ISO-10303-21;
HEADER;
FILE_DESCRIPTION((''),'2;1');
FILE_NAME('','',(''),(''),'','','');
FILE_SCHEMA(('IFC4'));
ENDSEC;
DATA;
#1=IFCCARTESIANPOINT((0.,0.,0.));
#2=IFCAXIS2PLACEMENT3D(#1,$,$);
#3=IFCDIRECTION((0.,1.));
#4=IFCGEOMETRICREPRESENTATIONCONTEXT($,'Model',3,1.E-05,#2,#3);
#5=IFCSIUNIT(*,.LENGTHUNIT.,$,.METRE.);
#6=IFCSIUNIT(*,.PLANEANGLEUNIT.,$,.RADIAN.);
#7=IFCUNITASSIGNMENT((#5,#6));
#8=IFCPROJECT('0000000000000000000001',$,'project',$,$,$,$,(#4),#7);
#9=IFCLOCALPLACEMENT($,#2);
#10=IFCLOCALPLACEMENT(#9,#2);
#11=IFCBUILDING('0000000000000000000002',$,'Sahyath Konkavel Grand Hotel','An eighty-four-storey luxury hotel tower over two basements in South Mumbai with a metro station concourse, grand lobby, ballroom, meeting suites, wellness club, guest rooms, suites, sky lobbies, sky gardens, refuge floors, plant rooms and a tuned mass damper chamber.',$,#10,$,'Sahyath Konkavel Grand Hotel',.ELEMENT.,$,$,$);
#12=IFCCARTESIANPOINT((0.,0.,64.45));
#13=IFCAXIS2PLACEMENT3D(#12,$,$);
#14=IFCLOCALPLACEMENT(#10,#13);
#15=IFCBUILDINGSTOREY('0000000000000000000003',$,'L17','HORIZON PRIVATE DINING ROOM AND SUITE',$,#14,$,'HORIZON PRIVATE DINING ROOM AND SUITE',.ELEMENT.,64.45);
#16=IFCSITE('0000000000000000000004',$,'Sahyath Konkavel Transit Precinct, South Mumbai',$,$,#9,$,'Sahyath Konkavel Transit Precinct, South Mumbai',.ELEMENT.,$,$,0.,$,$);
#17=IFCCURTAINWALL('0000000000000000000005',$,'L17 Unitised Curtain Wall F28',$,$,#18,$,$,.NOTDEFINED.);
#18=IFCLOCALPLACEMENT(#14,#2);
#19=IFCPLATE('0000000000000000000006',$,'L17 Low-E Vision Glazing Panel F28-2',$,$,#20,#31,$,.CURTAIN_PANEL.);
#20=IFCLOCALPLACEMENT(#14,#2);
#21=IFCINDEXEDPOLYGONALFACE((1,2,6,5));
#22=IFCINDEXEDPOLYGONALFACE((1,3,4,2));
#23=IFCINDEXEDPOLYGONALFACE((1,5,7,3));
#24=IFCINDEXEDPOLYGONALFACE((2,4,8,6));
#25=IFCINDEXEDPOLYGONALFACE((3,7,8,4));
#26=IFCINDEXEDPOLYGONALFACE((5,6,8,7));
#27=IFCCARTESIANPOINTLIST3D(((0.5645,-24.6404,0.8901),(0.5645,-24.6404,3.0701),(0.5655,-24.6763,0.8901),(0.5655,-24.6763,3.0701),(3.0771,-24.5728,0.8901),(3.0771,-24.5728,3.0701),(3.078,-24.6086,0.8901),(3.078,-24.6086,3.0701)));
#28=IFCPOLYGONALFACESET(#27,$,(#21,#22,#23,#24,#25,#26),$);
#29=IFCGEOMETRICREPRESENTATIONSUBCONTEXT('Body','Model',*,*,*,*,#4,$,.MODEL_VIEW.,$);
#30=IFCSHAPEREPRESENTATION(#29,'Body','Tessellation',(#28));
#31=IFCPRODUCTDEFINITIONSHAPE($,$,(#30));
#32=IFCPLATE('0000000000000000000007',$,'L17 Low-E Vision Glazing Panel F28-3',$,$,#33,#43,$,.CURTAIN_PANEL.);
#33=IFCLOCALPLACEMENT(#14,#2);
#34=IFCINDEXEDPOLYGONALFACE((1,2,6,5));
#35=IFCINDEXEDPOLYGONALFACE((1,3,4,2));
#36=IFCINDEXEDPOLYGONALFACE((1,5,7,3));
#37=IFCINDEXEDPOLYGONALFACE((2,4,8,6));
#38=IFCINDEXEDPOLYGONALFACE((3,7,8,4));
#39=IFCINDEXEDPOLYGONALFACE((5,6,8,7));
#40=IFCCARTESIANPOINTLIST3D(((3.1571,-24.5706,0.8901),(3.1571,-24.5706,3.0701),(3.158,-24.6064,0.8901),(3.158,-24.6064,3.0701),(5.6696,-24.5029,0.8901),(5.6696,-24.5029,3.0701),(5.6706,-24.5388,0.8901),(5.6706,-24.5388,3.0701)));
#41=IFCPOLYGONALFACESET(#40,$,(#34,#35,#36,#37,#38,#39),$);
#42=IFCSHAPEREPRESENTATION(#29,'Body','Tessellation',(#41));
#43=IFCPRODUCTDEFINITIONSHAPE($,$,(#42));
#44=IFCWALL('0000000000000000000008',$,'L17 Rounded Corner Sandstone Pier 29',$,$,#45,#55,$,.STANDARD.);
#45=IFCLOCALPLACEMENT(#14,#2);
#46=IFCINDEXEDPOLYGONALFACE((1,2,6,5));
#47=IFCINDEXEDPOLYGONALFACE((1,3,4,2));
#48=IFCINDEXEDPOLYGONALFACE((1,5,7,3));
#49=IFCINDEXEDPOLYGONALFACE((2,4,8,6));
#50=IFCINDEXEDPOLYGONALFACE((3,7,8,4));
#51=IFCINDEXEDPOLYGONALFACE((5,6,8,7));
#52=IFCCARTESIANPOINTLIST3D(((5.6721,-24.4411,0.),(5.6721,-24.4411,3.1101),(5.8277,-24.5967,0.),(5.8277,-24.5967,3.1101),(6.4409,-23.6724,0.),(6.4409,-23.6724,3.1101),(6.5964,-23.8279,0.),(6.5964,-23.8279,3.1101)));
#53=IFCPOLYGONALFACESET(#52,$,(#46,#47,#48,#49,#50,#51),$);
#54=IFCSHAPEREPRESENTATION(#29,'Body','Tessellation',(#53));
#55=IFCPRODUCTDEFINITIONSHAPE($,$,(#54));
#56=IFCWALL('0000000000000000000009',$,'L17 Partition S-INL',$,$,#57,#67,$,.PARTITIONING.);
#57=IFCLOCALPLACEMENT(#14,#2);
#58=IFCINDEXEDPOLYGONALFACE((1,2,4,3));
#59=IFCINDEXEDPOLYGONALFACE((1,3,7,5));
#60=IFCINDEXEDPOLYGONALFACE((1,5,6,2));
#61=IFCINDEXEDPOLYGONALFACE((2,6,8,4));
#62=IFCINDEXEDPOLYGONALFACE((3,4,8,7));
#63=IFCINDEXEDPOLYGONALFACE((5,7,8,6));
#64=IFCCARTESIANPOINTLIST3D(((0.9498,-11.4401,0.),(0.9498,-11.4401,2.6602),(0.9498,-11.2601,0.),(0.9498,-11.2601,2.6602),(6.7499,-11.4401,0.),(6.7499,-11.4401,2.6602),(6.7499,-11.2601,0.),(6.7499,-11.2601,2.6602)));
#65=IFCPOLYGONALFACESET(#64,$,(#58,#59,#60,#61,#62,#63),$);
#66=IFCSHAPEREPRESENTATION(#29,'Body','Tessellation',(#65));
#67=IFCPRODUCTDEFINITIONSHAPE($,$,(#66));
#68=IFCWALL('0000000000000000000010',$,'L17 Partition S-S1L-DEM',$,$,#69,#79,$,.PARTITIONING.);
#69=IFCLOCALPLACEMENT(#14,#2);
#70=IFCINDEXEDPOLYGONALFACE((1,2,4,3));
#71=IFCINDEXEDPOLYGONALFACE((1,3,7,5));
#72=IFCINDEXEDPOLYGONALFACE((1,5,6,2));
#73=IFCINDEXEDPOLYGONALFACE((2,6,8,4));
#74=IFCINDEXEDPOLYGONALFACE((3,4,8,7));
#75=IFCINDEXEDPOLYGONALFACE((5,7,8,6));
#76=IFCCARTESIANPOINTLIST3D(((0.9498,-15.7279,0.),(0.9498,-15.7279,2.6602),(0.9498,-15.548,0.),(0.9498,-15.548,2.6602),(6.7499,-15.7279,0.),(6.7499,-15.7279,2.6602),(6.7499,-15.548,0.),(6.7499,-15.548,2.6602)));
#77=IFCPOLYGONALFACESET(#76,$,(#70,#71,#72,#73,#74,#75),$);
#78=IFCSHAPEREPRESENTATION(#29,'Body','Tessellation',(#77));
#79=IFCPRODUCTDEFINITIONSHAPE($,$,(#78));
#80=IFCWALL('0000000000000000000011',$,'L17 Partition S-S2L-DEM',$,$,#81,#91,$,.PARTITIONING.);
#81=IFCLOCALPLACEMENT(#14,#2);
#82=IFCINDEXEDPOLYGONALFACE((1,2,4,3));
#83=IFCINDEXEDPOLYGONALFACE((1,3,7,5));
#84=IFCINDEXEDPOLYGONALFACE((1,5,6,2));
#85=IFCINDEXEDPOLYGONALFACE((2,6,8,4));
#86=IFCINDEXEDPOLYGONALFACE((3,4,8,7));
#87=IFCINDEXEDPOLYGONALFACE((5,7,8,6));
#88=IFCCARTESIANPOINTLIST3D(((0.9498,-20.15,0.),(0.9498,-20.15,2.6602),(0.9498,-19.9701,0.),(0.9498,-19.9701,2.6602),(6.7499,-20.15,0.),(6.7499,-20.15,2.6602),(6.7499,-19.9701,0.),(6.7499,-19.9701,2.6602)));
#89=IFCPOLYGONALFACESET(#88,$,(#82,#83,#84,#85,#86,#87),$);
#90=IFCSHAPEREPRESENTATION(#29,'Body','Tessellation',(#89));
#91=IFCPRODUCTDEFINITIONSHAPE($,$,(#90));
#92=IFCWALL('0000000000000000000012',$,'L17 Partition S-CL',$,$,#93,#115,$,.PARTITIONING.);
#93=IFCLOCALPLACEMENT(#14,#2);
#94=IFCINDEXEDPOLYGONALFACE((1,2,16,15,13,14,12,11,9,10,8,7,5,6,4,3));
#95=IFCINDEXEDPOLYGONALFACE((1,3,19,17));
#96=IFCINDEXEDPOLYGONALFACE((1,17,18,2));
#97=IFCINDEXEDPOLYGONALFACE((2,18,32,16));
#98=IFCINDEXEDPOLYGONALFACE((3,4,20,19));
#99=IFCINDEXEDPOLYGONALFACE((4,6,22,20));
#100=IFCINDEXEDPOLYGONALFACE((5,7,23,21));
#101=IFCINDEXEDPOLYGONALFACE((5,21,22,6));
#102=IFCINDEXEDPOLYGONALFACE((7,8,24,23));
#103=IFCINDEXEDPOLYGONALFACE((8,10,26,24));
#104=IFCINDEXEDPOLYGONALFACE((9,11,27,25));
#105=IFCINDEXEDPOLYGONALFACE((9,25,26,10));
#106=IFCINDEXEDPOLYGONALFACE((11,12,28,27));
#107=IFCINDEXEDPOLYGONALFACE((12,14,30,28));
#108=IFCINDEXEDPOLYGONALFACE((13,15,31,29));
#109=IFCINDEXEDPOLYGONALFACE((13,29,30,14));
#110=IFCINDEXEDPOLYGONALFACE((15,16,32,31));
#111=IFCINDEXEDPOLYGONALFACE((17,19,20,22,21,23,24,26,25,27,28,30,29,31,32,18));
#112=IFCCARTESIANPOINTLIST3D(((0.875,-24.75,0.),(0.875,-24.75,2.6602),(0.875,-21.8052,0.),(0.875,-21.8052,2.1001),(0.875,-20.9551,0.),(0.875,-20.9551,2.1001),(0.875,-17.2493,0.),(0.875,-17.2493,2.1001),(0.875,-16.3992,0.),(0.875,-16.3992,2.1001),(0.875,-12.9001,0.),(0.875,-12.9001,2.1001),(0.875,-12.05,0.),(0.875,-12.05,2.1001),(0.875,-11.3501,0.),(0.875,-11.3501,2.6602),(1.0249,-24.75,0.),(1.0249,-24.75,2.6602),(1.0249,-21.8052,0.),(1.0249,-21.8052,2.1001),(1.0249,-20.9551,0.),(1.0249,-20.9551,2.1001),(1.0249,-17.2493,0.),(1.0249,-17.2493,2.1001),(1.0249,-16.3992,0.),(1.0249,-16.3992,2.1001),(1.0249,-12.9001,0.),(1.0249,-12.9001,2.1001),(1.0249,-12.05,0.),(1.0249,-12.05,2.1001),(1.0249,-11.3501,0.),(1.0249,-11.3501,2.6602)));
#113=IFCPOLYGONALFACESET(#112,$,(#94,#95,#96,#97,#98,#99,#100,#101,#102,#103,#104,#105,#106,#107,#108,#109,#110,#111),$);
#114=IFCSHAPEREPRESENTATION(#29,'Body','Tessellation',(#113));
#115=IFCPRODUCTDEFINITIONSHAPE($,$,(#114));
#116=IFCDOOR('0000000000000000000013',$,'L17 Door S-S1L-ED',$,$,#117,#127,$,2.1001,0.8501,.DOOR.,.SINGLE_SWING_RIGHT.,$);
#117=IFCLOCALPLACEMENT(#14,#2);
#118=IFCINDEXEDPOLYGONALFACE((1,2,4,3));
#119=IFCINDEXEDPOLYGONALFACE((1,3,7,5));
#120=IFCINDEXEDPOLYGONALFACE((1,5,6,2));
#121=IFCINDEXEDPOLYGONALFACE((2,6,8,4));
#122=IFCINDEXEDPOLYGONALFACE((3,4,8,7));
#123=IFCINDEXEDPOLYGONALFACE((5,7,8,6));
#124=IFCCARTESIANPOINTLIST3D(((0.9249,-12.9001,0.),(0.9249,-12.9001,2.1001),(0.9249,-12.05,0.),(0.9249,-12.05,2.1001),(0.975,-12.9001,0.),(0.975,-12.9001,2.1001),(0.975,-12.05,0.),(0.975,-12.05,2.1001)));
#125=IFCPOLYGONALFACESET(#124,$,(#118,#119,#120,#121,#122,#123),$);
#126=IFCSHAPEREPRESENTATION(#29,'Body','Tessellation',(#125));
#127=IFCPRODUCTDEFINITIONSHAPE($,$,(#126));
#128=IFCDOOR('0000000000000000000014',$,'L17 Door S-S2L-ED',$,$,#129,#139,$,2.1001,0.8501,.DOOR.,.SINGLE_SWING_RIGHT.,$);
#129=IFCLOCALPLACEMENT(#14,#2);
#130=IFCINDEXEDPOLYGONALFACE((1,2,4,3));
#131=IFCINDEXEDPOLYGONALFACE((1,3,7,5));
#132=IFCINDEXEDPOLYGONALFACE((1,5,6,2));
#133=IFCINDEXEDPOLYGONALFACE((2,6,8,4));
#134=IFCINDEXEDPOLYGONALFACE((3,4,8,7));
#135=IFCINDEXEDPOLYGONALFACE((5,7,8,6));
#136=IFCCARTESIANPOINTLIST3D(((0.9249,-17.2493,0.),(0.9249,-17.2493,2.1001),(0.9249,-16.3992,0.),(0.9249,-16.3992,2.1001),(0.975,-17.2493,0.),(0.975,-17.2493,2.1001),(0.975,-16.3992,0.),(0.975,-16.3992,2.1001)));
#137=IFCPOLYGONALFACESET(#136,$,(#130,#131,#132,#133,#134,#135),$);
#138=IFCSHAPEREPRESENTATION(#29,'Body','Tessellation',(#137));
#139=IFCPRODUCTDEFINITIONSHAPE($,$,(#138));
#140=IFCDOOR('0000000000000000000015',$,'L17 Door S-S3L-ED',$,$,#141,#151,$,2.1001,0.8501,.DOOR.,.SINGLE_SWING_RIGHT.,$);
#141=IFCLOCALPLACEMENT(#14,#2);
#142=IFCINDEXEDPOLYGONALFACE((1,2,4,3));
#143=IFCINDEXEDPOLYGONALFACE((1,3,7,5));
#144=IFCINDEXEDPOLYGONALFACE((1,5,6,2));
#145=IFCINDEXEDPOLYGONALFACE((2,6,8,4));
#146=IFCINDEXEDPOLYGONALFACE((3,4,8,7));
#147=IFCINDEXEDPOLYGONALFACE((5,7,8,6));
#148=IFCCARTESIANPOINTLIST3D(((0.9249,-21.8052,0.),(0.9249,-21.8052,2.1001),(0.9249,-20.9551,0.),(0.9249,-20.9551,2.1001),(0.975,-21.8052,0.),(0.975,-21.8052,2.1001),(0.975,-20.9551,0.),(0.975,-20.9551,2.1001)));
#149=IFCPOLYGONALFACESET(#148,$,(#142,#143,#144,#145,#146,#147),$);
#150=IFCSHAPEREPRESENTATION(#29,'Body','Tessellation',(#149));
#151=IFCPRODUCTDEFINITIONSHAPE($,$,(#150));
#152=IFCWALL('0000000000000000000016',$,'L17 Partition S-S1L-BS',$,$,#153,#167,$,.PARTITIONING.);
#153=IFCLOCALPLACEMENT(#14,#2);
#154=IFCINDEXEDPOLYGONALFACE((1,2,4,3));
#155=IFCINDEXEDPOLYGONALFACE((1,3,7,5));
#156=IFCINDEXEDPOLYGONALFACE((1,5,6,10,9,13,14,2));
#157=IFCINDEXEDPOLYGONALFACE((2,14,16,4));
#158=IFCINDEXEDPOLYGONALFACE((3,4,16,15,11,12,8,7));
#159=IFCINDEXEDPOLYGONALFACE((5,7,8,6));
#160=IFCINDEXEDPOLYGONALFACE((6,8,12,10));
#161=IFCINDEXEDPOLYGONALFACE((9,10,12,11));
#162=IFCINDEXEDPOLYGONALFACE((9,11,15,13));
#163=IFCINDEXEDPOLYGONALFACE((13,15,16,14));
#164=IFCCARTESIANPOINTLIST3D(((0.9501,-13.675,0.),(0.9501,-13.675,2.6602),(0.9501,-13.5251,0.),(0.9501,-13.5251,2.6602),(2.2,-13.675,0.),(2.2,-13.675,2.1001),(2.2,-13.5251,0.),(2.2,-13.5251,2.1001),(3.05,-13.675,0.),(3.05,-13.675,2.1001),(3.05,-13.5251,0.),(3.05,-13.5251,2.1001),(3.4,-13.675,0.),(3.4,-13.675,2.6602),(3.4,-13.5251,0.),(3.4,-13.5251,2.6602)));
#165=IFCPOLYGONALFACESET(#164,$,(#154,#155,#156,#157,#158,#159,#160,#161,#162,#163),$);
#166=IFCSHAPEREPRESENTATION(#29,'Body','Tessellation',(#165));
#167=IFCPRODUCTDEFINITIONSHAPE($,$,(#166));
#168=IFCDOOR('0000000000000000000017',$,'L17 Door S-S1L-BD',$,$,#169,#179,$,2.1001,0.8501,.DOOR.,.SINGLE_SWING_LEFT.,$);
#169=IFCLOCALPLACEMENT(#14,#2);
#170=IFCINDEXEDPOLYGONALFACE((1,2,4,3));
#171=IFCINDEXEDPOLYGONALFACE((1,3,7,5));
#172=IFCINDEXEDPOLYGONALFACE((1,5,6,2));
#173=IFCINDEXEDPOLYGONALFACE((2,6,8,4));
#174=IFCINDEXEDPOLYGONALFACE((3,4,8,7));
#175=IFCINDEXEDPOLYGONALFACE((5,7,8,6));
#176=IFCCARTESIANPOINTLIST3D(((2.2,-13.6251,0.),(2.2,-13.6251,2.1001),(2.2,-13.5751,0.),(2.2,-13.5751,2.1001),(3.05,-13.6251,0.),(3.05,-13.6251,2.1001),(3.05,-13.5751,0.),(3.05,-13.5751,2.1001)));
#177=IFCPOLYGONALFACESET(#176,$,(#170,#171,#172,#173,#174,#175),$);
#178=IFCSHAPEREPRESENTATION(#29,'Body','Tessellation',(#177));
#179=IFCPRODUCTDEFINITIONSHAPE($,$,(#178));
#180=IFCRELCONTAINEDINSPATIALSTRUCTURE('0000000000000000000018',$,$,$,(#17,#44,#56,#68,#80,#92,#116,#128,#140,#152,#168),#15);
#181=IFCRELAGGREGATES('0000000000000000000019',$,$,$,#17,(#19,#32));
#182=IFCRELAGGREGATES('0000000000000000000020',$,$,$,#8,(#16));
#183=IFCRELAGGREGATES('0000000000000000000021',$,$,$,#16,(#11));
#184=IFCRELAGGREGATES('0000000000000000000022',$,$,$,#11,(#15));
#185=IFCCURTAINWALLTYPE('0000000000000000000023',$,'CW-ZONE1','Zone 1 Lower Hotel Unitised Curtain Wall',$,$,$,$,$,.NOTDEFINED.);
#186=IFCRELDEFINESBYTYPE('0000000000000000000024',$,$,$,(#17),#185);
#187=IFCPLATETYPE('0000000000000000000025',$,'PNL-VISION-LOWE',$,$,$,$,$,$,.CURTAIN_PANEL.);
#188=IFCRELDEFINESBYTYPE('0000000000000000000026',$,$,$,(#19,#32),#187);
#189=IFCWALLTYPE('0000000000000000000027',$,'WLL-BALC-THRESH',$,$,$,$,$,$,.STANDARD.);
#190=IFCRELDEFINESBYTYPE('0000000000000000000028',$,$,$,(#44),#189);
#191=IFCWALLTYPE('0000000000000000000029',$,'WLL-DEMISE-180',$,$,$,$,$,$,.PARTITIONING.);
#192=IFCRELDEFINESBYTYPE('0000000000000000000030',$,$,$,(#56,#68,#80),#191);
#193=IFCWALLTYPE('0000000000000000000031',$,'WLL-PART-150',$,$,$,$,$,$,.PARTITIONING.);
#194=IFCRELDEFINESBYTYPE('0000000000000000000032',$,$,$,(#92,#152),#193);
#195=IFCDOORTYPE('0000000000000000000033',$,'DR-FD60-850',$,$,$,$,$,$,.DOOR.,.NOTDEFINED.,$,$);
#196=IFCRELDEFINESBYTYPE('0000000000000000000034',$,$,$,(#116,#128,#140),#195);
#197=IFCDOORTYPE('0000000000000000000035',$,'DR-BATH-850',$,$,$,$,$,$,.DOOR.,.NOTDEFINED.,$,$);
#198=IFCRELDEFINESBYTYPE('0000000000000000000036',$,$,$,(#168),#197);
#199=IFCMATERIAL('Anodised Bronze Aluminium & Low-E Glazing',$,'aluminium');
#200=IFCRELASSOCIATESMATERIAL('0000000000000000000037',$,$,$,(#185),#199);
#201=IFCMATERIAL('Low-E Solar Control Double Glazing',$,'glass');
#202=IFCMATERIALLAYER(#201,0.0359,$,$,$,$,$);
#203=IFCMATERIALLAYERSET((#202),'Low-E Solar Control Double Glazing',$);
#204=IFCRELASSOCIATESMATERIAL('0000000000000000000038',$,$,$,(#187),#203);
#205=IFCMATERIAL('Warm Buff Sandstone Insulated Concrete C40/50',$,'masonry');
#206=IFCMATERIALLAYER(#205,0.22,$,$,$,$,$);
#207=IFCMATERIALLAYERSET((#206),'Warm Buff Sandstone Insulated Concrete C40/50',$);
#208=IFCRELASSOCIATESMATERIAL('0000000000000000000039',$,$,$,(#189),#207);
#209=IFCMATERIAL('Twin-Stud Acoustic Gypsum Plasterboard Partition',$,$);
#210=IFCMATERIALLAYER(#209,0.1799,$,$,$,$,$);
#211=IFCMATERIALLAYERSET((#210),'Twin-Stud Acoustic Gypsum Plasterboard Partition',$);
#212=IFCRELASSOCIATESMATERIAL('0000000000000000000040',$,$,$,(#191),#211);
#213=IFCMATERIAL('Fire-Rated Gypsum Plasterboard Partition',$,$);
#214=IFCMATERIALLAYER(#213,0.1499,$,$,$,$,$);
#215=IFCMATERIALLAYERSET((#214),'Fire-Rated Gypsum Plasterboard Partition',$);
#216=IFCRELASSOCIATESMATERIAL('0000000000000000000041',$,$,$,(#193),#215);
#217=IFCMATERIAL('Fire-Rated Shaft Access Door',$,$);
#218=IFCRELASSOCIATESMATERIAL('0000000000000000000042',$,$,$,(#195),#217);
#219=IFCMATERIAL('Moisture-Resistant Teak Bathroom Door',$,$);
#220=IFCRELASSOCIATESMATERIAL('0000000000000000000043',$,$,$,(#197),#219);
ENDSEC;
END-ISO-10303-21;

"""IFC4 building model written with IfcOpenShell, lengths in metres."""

from ifc_helpers import new_model, si_unit, direction, frame, frame_2d, origin, origin_2d, place, context, subcontext, project, spatial, rectangle, extrude, source, transform, mapped, material, layer, layer_set, type_object, element, fill, aggregate, save


model = new_model("IFC4")

# Units and contexts
model_context = context("Model", 3, precision=1e-05, world=origin(), true_north=direction((0.0, 1.0)))
body_context = subcontext(model_context, "Body", "Model", "MODEL_VIEW")
ifc_project = project(units=[si_unit("LENGTHUNIT", "METRE"), si_unit("PLANEANGLEUNIT", "RADIAN")], contexts=[model_context])

# Site, building, storey
site_placement = place(None, origin())
site = spatial("IfcSite", under=ifc_project, at=site_placement, Name="Sahyath Konkavel Transit Precinct, South Mumbai", LongName="Sahyath Konkavel Transit Precinct, South Mumbai", CompositionType="ELEMENT", RefElevation=0.0)
building_placement = place(site_placement, origin())
building = spatial("IfcBuilding", under=site, at=building_placement, Name="Sahyath Konkavel Grand Hotel", Description="An eighty-four-storey luxury hotel tower over two basements in South Mumbai with a metro station concourse, grand lobby, ballroom, meeting suites, wellness club, guest rooms, suites, sky lobbies, sky gardens, refuge floors, plant rooms and a tuned mass damper chamber.", LongName="Sahyath Konkavel Grand Hotel", CompositionType="ELEMENT")
storey_placement = place(building_placement, frame((0.0, 0.0, 64.45)))
storey = spatial("IfcBuildingStorey", under=building, at=storey_placement, Name="L17", Description="HORIZON PRIVATE DINING ROOM AND SUITE", LongName="HORIZON PRIVATE DINING ROOM AND SUITE", CompositionType="ELEMENT", Elevation=64.45)

# Curtain wall
ifc_material_1 = material(Name="Anodised Bronze Aluminium & Low-E Glazing", Category="aluminium")
curtain_wall_type = type_object("IfcCurtainWallType", Name="CW-ZONE1", Description="Zone 1 Lower Hotel Unitised Curtain Wall", PredefinedType="NOTDEFINED", material=ifc_material_1)
curtain_wall_placement = place(storey_placement, origin())
curtain_wall = element("IfcCurtainWall", 1, at=curtain_wall_placement, inside=storey, type_object=curtain_wall_type, Name="L17 Unitised Curtain Wall F28", PredefinedType="NOTDEFINED")

# Plates
ifc_material_2 = material(Name="Low-E Solar Control Double Glazing", Category="glass")
ifc_layer_1 = layer(ifc_material_2, 0.0359)
ifc_layer_set_1 = layer_set([ifc_layer_1], Name="Low-E Solar Control Double Glazing")
plate_type_1 = type_object("IfcPlateType", Name="PNL-VISION-LOWE", PredefinedType="CURTAIN_PANEL", material=ifc_layer_set_1)
shared_shape_1 = source(origin(), body_context, "Body", "SweptSolid", [
    extrude(rectangle(XDim=2.5134, YDim=0.0359, at=origin_2d()), origin(), (0.0, 0.0, 1.0), 2.1799),
])
plate_1_placement = place(storey_placement, frame((1.8213, -24.6245, 0.8901), z_axis=(0.0, 0.0, 1.0), x_axis=(0.999638, 0.02691, 0.0)))
plate_1 = element("IfcPlate", 2, at=plate_1_placement, type_object=plate_type_1, Name="L17 Low-E Vision Glazing Panel F28-2", PredefinedType="CURTAIN_PANEL", context=body_context, shape_type="MappedRepresentation", body=[
    mapped(shared_shape_1, transform((0.0, 0.0, 0.0), scale=1.0)),
])
plate_2_placement = place(storey_placement, frame((4.4138, -24.5547, 0.8901), z_axis=(0.0, 0.0, 1.0), x_axis=(0.999638, 0.02691, 0.0)))
plate_2 = element("IfcPlate", 3, at=plate_2_placement, type_object=plate_type_1, Name="L17 Low-E Vision Glazing Panel F28-3", PredefinedType="CURTAIN_PANEL", context=body_context, shape_type="MappedRepresentation", body=[
    mapped(shared_shape_1, transform((0.0, 0.0, 0.0), scale=1.0)),
])
aggregate(curtain_wall, [plate_1, plate_2])

# Walls
ifc_material_3 = material(Name="Warm Buff Sandstone Insulated Concrete C40/50", Category="masonry")
ifc_layer_2 = layer(ifc_material_3, 0.22)
ifc_layer_set_2 = layer_set([ifc_layer_2], Name="Warm Buff Sandstone Insulated Concrete C40/50")
wall_type_1 = type_object("IfcWallType", Name="WLL-BALC-THRESH", PredefinedType="STANDARD", material=ifc_layer_set_2)
wall_1_placement = place(storey_placement, frame((5.75, -24.5188, 0.0), z_axis=(0.0, 0.0, 1.0), x_axis=(0.707107, 0.707107, 0.0)))
element("IfcWall", 4, at=wall_1_placement, inside=storey, type_object=wall_type_1, Name="L17 Rounded Corner Sandstone Pier 29", PredefinedType="STANDARD", context=body_context, shape_type="SweptSolid", body=[
    extrude(rectangle(XDim=1.0872, YDim=0.22, at=frame_2d((0.5435, 0.0))), origin(), (0.0, 0.0, 1.0), 3.1101),
])
ifc_material_4 = material(Name="Twin-Stud Acoustic Gypsum Plasterboard Partition")
ifc_layer_3 = layer(ifc_material_4, 0.1799)
ifc_layer_set_3 = layer_set([ifc_layer_3], Name="Twin-Stud Acoustic Gypsum Plasterboard Partition")
wall_type_2 = type_object("IfcWallType", Name="WLL-DEMISE-180", PredefinedType="PARTITIONING", material=ifc_layer_set_3)
for number, where, z_axis, x_axis, name in (
    (5, (0.95, -11.3501, 0.0), (0.0, 0.0, 1.0), (1.0, 0.0, 0.0), "L17 Partition S-INL"),
    (6, (0.95, -15.6379, 0.0), (0.0, 0.0, 1.0), (1.0, 0.0, 0.0), "L17 Partition S-S1L-DEM"),
    (7, (0.95, -20.0601, 0.0), (0.0, 0.0, 1.0), (1.0, 0.0, 0.0), "L17 Partition S-S2L-DEM"),
):
    element("IfcWall", number, at=place(storey_placement, frame(where, z_axis=z_axis, x_axis=x_axis)), inside=storey, type_object=wall_type_2, Name=name, PredefinedType="PARTITIONING", context=body_context, shape_type="SweptSolid", body=[
        extrude(rectangle(XDim=5.8, YDim=0.1799, at=frame_2d((2.8999, 0.0))), origin(), (0.0, 0.0, 1.0), 2.6602),
    ])

# Wall, openings, doors
ifc_material_5 = material(Name="Fire-Rated Gypsum Plasterboard Partition")
ifc_layer_4 = layer(ifc_material_5, 0.1499)
ifc_layer_set_4 = layer_set([ifc_layer_4], Name="Fire-Rated Gypsum Plasterboard Partition")
wall_type_3 = type_object("IfcWallType", Name="WLL-PART-150", PredefinedType="PARTITIONING", material=ifc_layer_set_4)
wall_2_placement = place(storey_placement, frame((0.95, -11.3501, 0.0), z_axis=(0.0, 0.0, 1.0), x_axis=(0.0, -1.0, 0.0)))
wall_2 = element("IfcWall", 8, at=wall_2_placement, inside=storey, type_object=wall_type_3, Name="L17 Partition S-CL", PredefinedType="PARTITIONING", context=body_context, shape_type="SweptSolid", body=[
    extrude(rectangle(XDim=13.3999, YDim=0.1499, at=frame_2d((6.7, 0.0))), origin(), (0.0, 0.0, 1.0), 2.6602),
])
opening_1_placement = place(wall_2_placement, frame((0.7, 0.0, 0.0)))
opening_1 = element("IfcOpeningElement", 9, at=opening_1_placement, cuts=wall_2, PredefinedType="OPENING", context=body_context, shape_type="SweptSolid", body=[
    extrude(rectangle(XDim=0.8501, YDim=2.1001, at=frame_2d((0.425, 1.05))), frame((0.0, 0.085, 0.0), z_axis=(0.0, -1.0, 0.0), x_axis=(1.0, 0.0, 0.0)), (0.0, 0.0, 1.0), 0.1699),
])
opening_2_placement = place(wall_2_placement, frame((5.0491, 0.0, 0.0)))
opening_2 = element("IfcOpeningElement", 10, at=opening_2_placement, cuts=wall_2, PredefinedType="OPENING", context=body_context, shape_type="SweptSolid", body=[
    extrude(rectangle(XDim=0.8501, YDim=2.1001, at=frame_2d((0.425, 1.05))), frame((0.0, 0.085, 0.0), z_axis=(0.0, -1.0, 0.0), x_axis=(1.0, 0.0, 0.0)), (0.0, 0.0, 1.0), 0.1699),
])
opening_3_placement = place(wall_2_placement, frame((9.605, 0.0, 0.0)))
opening_3 = element("IfcOpeningElement", 11, at=opening_3_placement, cuts=wall_2, PredefinedType="OPENING", context=body_context, shape_type="SweptSolid", body=[
    extrude(rectangle(XDim=0.8501, YDim=2.1001, at=frame_2d((0.425, 1.05))), frame((0.0, 0.085, 0.0), z_axis=(0.0, -1.0, 0.0), x_axis=(1.0, 0.0, 0.0)), (0.0, 0.0, 1.0), 0.1699),
])
ifc_material_6 = material(Name="Fire-Rated Shaft Access Door")
door_type_1 = type_object("IfcDoorType", Name="DR-FD60-850", OperationType="NOTDEFINED", PredefinedType="DOOR", material=ifc_material_6)
shared_shape_2 = source(origin(), body_context, "Body", "SweptSolid", [
    extrude(rectangle(XDim=0.8501, YDim=0.05, at=origin_2d()), origin(), (0.0, 0.0, 1.0), 2.1001),
])
door_1_placement = place(opening_1_placement, frame((0.425, 0.0, 0.0)))
door_1 = element("IfcDoor", 12, at=door_1_placement, inside=storey, type_object=door_type_1, Name="L17 Door S-S1L-ED", OperationType="SINGLE_SWING_RIGHT", OverallHeight=2.1001, OverallWidth=0.8501, PredefinedType="DOOR", context=body_context, shape_type="MappedRepresentation", body=[
    mapped(shared_shape_2, transform((0.0, 0.0, 0.0), scale=1.0)),
])
fill(opening_1, door_1)
door_2_placement = place(opening_2_placement, frame((0.425, 0.0, 0.0)))
door_2 = element("IfcDoor", 13, at=door_2_placement, inside=storey, type_object=door_type_1, Name="L17 Door S-S2L-ED", OperationType="SINGLE_SWING_RIGHT", OverallHeight=2.1001, OverallWidth=0.8501, PredefinedType="DOOR", context=body_context, shape_type="MappedRepresentation", body=[
    mapped(shared_shape_2, transform((0.0, 0.0, 0.0), scale=1.0)),
])
fill(opening_2, door_2)
door_3_placement = place(opening_3_placement, frame((0.425, 0.0, 0.0)))
door_3 = element("IfcDoor", 14, at=door_3_placement, inside=storey, type_object=door_type_1, Name="L17 Door S-S3L-ED", OperationType="SINGLE_SWING_RIGHT", OverallHeight=2.1001, OverallWidth=0.8501, PredefinedType="DOOR", context=body_context, shape_type="MappedRepresentation", body=[
    mapped(shared_shape_2, transform((0.0, 0.0, 0.0), scale=1.0)),
])
fill(opening_3, door_3)

# Wall, opening, door
wall_3_placement = place(storey_placement, frame((0.95, -13.6001, 0.0), z_axis=(0.0, 0.0, 1.0), x_axis=(1.0, 0.0, 0.0)))
wall_3 = element("IfcWall", 15, at=wall_3_placement, inside=storey, type_object=wall_type_3, Name="L17 Partition S-S1L-BS", PredefinedType="PARTITIONING", context=body_context, shape_type="SweptSolid", body=[
    extrude(rectangle(XDim=2.45, YDim=0.1499, at=frame_2d((1.2251, 0.0))), origin(), (0.0, 0.0, 1.0), 2.6602),
])
opening_4_placement = place(wall_3_placement, frame((1.25, 0.0, 0.0)))
opening_4 = element("IfcOpeningElement", 16, at=opening_4_placement, cuts=wall_3, PredefinedType="OPENING", context=body_context, shape_type="SweptSolid", body=[
    extrude(rectangle(XDim=0.8501, YDim=2.1001, at=frame_2d((0.425, 1.05))), frame((0.0, 0.085, 0.0), z_axis=(0.0, -1.0, 0.0), x_axis=(1.0, 0.0, 0.0)), (0.0, 0.0, 1.0), 0.1699),
])
ifc_material_7 = material(Name="Moisture-Resistant Teak Bathroom Door")
door_type_2 = type_object("IfcDoorType", Name="DR-BATH-850", OperationType="NOTDEFINED", PredefinedType="DOOR", material=ifc_material_7)
door_4_placement = place(opening_4_placement, frame((0.425, 0.0, 0.0)))
door_4 = element("IfcDoor", 17, at=door_4_placement, inside=storey, type_object=door_type_2, Name="L17 Door S-S1L-BD", OperationType="SINGLE_SWING_LEFT", OverallHeight=2.1001, OverallWidth=0.8501, PredefinedType="DOOR", context=body_context, shape_type="MappedRepresentation", body=[
    mapped(shared_shape_2, transform((0.0, 0.0, 0.0), scale=1.0)),
])
fill(opening_4, door_4)

save(model, "model.ifc")
